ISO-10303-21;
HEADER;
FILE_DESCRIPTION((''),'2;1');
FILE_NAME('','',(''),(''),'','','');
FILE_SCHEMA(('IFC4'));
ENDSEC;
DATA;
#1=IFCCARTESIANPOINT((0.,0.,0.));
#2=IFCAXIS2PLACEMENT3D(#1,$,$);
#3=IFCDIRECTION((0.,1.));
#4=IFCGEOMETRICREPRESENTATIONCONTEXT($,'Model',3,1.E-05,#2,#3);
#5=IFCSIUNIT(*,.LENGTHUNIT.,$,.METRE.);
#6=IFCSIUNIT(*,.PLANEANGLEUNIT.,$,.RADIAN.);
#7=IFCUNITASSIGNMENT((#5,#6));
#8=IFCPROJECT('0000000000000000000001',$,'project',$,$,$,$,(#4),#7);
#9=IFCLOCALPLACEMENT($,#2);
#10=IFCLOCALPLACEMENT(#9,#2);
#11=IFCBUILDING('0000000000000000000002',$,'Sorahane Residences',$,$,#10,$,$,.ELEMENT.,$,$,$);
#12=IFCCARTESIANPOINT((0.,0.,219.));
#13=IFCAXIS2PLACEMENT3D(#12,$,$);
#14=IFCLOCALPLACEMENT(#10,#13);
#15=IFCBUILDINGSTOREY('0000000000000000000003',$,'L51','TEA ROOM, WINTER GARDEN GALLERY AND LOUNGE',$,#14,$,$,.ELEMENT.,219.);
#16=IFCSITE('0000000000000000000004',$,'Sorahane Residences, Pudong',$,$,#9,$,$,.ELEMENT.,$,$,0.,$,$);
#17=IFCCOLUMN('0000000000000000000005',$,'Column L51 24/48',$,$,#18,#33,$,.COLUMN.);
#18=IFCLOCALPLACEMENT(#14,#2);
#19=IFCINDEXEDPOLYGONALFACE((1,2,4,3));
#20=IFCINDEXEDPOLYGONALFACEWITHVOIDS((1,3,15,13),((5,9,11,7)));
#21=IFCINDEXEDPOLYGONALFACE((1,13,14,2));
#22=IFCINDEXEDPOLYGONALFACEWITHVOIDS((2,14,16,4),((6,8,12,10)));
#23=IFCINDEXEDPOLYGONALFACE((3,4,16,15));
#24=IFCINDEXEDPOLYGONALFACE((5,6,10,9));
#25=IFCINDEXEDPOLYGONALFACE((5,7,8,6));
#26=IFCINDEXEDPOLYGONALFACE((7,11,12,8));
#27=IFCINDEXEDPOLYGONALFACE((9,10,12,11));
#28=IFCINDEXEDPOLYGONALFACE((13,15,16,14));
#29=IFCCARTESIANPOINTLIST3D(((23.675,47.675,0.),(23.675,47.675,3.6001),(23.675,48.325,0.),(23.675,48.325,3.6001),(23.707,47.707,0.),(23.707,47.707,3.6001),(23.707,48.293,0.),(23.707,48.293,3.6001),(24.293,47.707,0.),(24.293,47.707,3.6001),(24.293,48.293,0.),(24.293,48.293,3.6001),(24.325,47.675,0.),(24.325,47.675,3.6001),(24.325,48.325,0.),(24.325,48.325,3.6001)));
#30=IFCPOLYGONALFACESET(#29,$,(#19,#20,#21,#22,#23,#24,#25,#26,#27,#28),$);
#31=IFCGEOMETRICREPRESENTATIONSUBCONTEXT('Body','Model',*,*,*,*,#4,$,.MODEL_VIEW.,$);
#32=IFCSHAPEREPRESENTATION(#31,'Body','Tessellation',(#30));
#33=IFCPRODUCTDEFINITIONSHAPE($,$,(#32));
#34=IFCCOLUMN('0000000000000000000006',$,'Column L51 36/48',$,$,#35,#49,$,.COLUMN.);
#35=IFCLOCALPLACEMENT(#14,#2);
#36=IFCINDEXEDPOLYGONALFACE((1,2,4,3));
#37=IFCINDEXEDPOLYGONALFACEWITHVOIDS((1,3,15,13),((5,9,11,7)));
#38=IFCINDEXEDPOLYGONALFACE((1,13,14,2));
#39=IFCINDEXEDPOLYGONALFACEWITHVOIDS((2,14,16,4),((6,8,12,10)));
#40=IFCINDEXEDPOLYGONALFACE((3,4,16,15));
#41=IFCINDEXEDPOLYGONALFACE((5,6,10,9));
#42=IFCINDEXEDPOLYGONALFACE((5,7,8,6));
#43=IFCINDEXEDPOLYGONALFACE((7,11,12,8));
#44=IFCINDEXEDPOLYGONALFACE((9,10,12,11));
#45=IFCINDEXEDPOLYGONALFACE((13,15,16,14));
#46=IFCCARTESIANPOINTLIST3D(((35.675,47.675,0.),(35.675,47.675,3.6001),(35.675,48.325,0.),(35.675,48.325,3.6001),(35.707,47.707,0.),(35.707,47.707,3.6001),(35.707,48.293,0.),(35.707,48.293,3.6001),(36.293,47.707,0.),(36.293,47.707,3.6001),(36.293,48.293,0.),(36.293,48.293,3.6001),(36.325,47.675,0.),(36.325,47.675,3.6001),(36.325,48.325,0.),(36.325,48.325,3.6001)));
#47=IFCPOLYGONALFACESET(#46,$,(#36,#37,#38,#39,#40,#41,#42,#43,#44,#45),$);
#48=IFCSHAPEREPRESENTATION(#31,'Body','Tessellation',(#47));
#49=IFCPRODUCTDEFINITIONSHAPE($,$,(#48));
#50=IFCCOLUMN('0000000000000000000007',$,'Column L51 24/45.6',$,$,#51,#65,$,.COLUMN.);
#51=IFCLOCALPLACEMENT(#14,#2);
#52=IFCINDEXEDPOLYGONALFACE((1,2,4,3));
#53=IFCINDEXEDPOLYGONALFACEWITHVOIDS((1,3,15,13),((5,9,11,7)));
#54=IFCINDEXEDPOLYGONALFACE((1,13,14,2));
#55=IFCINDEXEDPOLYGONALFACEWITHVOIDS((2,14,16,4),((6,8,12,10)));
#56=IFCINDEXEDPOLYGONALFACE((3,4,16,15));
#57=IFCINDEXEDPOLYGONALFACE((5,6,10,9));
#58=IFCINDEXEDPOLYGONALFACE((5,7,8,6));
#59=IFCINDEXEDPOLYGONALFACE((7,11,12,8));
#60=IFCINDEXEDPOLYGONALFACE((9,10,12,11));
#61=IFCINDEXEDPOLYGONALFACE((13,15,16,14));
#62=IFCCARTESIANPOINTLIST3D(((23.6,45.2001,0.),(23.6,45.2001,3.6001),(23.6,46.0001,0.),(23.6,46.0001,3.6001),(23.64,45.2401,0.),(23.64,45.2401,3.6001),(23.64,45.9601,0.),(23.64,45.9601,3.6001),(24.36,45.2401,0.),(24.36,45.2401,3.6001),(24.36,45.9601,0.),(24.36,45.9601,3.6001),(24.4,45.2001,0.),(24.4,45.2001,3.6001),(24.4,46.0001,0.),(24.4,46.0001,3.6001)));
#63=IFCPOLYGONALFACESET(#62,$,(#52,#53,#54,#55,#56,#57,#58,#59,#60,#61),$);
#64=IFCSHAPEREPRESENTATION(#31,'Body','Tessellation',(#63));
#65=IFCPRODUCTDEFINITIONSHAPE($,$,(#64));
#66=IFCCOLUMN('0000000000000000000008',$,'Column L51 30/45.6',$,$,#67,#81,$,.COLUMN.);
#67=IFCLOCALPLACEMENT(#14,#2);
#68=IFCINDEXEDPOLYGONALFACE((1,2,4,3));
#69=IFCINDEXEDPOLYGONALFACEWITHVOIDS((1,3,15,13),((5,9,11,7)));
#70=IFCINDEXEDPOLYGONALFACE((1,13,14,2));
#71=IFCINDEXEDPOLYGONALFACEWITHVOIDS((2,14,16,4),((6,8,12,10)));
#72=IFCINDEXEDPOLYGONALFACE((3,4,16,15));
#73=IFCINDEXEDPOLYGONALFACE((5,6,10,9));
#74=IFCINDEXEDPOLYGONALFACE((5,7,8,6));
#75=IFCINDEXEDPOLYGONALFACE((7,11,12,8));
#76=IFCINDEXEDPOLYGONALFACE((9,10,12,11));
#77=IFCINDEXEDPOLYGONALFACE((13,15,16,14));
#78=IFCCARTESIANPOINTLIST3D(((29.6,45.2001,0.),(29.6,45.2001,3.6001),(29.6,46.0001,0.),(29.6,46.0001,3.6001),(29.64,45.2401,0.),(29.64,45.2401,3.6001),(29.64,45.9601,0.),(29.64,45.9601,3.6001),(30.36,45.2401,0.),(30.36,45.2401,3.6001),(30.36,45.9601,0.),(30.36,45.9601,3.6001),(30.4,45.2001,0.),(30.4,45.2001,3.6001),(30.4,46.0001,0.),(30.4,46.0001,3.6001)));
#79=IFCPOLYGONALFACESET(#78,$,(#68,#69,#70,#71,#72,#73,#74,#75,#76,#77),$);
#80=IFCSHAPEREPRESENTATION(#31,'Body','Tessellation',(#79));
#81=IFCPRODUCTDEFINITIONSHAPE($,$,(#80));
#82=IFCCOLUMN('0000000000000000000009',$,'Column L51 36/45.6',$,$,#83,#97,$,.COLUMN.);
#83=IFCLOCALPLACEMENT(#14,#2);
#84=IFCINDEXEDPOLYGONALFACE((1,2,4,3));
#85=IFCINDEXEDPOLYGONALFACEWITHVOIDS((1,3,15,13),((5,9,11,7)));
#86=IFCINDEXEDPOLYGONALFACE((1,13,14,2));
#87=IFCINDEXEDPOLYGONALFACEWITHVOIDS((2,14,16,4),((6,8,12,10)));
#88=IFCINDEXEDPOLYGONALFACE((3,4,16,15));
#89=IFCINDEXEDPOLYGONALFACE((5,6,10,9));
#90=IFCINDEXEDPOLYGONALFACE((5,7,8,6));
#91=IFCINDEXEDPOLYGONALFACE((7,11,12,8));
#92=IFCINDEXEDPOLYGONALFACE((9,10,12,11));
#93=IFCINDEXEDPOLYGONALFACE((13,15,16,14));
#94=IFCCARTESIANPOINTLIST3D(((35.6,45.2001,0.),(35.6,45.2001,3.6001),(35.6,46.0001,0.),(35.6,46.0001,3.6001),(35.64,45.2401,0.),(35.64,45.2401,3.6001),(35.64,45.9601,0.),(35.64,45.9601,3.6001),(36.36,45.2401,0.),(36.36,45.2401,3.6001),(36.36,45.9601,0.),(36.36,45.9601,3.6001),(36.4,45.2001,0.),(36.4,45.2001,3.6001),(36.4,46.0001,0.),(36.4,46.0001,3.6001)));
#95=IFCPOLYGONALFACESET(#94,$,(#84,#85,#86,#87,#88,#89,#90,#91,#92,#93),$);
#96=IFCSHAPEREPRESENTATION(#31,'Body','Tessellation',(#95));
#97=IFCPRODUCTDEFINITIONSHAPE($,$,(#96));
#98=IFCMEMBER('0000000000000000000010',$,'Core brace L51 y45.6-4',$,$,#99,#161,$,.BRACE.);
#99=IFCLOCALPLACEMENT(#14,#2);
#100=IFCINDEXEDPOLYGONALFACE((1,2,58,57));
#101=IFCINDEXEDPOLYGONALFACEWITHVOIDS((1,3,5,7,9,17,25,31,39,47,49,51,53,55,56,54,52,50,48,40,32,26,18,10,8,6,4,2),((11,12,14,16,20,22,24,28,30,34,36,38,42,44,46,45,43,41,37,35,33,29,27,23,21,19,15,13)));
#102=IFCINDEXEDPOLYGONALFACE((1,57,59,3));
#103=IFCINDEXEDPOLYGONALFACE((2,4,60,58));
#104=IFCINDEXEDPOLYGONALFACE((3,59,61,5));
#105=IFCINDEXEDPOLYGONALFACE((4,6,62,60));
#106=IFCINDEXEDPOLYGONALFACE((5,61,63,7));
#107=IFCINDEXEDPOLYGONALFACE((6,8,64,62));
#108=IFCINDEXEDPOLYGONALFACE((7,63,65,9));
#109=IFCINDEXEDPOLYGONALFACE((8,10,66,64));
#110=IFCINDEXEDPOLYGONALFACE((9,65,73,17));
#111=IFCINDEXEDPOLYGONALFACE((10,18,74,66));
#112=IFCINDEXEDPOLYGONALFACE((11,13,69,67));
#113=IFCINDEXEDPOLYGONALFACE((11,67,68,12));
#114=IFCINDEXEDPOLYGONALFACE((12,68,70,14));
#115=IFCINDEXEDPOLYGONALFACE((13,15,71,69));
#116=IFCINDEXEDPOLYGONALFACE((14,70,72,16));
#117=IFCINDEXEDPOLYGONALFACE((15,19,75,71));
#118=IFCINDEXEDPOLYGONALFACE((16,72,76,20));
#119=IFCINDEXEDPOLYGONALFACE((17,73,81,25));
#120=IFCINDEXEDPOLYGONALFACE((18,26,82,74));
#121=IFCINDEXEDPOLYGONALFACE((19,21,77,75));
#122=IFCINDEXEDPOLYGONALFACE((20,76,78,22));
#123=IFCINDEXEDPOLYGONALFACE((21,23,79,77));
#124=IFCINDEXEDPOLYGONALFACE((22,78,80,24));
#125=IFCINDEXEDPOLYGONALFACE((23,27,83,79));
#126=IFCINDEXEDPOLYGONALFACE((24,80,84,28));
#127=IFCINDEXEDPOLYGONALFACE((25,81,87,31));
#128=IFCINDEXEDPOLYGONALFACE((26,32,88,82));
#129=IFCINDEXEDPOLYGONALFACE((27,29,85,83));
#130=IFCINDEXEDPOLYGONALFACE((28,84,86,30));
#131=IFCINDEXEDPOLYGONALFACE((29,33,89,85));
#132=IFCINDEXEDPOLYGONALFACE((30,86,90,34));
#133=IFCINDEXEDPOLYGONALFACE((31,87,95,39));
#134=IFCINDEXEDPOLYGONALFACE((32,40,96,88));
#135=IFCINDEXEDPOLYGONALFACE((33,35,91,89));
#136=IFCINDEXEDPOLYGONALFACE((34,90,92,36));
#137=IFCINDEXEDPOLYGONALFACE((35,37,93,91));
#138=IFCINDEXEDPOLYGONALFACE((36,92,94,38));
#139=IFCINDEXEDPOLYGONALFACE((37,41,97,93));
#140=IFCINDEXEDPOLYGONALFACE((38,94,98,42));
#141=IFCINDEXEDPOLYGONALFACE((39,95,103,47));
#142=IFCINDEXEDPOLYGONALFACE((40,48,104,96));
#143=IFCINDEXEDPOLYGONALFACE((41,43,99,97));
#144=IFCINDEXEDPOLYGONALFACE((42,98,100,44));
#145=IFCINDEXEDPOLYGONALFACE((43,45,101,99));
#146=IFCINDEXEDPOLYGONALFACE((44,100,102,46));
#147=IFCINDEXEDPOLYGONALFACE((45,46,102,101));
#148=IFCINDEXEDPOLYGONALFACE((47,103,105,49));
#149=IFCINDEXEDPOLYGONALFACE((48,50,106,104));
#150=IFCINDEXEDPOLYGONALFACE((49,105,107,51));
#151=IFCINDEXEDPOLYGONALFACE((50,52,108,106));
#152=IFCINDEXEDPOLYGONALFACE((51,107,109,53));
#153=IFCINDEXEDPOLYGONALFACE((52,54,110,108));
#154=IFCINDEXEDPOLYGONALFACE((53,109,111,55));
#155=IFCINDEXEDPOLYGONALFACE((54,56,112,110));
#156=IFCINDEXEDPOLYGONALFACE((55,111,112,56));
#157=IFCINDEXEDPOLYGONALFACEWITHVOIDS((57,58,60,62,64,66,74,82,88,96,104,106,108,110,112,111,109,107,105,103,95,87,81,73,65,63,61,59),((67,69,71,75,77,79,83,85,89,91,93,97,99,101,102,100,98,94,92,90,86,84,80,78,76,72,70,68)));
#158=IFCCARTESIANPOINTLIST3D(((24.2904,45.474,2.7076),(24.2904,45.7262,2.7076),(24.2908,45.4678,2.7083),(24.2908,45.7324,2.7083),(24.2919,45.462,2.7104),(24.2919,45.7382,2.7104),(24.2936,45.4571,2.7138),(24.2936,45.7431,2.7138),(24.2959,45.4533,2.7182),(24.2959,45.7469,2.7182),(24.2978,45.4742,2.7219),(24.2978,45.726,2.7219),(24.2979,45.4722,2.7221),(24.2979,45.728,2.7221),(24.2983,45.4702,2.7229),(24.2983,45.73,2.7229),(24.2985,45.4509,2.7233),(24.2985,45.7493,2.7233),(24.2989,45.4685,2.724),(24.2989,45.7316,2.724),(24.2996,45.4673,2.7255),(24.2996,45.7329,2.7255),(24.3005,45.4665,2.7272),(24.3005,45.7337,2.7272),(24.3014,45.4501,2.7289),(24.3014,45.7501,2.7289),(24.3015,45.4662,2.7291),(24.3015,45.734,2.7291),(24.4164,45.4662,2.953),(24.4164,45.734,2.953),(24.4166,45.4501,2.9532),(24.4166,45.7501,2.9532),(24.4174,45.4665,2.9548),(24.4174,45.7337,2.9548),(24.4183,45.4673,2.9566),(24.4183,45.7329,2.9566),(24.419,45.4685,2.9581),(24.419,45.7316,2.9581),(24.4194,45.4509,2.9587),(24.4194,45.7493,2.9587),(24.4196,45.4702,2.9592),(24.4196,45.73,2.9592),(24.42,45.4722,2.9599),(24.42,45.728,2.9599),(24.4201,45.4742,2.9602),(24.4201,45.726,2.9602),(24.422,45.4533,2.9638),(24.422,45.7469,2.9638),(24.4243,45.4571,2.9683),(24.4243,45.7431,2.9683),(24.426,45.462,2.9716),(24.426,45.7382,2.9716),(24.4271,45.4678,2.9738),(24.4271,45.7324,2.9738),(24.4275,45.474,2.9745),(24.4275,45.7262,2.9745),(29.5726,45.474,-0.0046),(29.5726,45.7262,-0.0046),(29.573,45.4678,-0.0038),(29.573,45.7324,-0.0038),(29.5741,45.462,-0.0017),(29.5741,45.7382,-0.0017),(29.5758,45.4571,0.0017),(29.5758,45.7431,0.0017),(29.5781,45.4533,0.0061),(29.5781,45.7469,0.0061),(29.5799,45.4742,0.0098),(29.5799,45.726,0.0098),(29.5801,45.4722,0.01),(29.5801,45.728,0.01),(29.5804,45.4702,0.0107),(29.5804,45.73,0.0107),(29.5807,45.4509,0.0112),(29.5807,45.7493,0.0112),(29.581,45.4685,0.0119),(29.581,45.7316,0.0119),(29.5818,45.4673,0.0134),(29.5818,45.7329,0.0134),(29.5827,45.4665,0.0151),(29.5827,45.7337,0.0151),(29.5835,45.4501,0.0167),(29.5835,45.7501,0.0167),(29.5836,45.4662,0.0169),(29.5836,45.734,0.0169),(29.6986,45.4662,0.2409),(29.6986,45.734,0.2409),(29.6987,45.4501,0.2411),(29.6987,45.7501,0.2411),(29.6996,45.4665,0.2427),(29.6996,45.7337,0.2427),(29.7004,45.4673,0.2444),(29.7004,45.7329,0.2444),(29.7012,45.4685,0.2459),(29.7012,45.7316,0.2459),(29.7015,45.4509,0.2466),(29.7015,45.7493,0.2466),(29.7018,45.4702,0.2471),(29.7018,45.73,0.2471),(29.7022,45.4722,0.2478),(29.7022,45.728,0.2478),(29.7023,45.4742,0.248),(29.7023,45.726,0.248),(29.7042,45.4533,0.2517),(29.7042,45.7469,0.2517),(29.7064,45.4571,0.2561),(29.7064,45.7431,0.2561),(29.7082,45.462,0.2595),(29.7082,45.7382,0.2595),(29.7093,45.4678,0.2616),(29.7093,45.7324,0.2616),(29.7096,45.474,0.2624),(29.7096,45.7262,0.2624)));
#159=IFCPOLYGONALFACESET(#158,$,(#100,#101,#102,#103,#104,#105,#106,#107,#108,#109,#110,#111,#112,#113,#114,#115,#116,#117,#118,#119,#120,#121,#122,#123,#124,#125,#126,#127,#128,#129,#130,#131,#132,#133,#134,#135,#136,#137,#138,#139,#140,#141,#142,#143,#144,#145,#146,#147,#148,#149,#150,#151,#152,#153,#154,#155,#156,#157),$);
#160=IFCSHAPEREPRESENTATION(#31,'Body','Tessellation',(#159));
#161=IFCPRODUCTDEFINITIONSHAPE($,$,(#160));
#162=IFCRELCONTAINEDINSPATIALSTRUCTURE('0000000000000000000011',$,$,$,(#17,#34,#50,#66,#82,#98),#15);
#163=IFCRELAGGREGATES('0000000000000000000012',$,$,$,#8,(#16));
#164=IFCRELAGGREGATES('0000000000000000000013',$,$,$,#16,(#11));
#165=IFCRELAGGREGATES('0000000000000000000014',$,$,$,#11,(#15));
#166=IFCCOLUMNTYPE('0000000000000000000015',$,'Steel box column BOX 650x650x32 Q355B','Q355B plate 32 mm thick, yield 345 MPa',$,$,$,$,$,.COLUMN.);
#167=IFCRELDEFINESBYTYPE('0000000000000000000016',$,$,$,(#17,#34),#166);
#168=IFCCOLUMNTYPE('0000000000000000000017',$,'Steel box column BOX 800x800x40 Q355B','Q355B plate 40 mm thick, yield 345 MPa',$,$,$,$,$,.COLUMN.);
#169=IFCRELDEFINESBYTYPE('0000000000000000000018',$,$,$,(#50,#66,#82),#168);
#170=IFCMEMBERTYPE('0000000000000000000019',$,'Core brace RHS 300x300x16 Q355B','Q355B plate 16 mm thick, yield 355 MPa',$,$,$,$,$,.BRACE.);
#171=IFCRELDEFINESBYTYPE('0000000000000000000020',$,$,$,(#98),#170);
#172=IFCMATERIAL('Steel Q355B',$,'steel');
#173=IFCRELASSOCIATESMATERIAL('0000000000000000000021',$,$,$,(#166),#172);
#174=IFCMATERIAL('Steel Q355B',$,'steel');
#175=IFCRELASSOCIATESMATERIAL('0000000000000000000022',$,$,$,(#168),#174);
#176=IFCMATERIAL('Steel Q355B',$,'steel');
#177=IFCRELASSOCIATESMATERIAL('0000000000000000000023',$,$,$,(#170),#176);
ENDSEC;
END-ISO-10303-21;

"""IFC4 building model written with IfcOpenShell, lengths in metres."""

from ifc_helpers import new_model, si_unit, direction, frame, origin, origin_2d, place, context, subcontext, project, spatial, hollow_rectangle, extrude, material, material_profile, profile_set, type_object, element, save


model = new_model("IFC4")

# Units and contexts
model_context = context("Model", 3, precision=1e-05, world=origin(), true_north=direction((0.0, 1.0)))
body_context = subcontext(model_context, "Body", "Model", "MODEL_VIEW")
ifc_project = project(units=[si_unit("LENGTHUNIT", "METRE"), si_unit("PLANEANGLEUNIT", "RADIAN")], contexts=[model_context])

# Site, building, storey
site_placement = place(None, origin())
site = spatial("IfcSite", under=ifc_project, at=site_placement, Name="Sorahane Residences, Pudong", CompositionType="ELEMENT", RefElevation=0.0)
building_placement = place(site_placement, origin())
building = spatial("IfcBuilding", under=site, at=building_placement, Name="Sorahane Residences", CompositionType="ELEMENT")
storey_placement = place(building_placement, frame((0.0, 0.0, 219.0)))
storey = spatial("IfcBuildingStorey", under=building, at=storey_placement, Name="L51", Description="TEA ROOM, WINTER GARDEN GALLERY AND LOUNGE", CompositionType="ELEMENT", Elevation=219.0)

# Columns
ifc_material_1 = material(Name="Steel Q355B", Category="steel")
ifc_material_profile_1 = material_profile(ifc_material_1, hollow_rectangle(XDim=0.6499, YDim=0.6499, WallThickness=0.032, at=origin_2d()), Name="BOX 650x650x32")
ifc_profile_set_1 = profile_set([ifc_material_profile_1], Name="Steel Q355B")
column_type_1 = type_object("IfcColumnType", Name="Steel box column BOX 650x650x32 Q355B", Description="Q355B plate 32 mm thick, yield 345 MPa", PredefinedType="COLUMN", material=ifc_profile_set_1)
for number, where, z_axis, x_axis, name in (
    (1, (24.0, 48.0, 0.0), (0.0, 0.0, 1.0), (1.0, 0.0, 0.0), "Column L51 24/48"),
    (2, (36.0, 48.0, 0.0), (0.0, 0.0, 1.0), (1.0, 0.0, 0.0), "Column L51 36/48"),
):
    element("IfcColumn", number, at=place(storey_placement, frame(where, z_axis=z_axis, x_axis=x_axis)), inside=storey, type_object=column_type_1, Name=name, PredefinedType="COLUMN", context=body_context, shape_type="SweptSolid", body=[
        extrude(hollow_rectangle(XDim=0.6499, YDim=0.6499, WallThickness=0.032, at=origin_2d()), origin(), (0.0, 0.0, 1.0), 3.6001),
    ])
ifc_material_2 = material(Name="Steel Q355B", Category="steel")
ifc_material_profile_2 = material_profile(ifc_material_2, hollow_rectangle(XDim=0.8, YDim=0.8, WallThickness=0.04, at=origin_2d()), Name="BOX 800x800x40")
ifc_profile_set_2 = profile_set([ifc_material_profile_2], Name="Steel Q355B")
column_type_2 = type_object("IfcColumnType", Name="Steel box column BOX 800x800x40 Q355B", Description="Q355B plate 40 mm thick, yield 345 MPa", PredefinedType="COLUMN", material=ifc_profile_set_2)
for number, where, z_axis, x_axis, name in (
    (3, (24.0, 45.6001, 0.0), (0.0, 0.0, 1.0), (1.0, 0.0, 0.0), "Column L51 24/45.6"),
    (4, (30.0, 45.6001, 0.0), (0.0, 0.0, 1.0), (1.0, 0.0, 0.0), "Column L51 30/45.6"),
    (5, (36.0, 45.6001, 0.0), (0.0, 0.0, 1.0), (1.0, 0.0, 0.0), "Column L51 36/45.6"),
):
    element("IfcColumn", number, at=place(storey_placement, frame(where, z_axis=z_axis, x_axis=x_axis)), inside=storey, type_object=column_type_2, Name=name, PredefinedType="COLUMN", context=body_context, shape_type="SweptSolid", body=[
        extrude(hollow_rectangle(XDim=0.8, YDim=0.8, WallThickness=0.04, at=origin_2d()), origin(), (0.0, 0.0, 1.0), 3.6001),
    ])

# Member
ifc_material_3 = material(Name="Steel Q355B", Category="steel")
ifc_material_profile_3 = material_profile(ifc_material_3, hollow_rectangle(XDim=0.3, YDim=0.3, WallThickness=0.0161, InnerFilletRadius=0.0081, OuterFilletRadius=0.0239, at=origin_2d()), Name="RHS 300x300x16")
ifc_profile_set_3 = profile_set([ifc_material_profile_3], Name="Steel Q355B")
member_type_1 = type_object("IfcMemberType", Name="Core brace RHS 300x300x16 Q355B", Description="Q355B plate 16 mm thick, yield 355 MPa", PredefinedType="BRACE", material=ifc_profile_set_3)
member_1_placement = place(storey_placement, frame((29.6411, 45.6001, 0.1289), z_axis=(-0.88959, 0.0, 0.45676), x_axis=(0.0, -1.0, 0.0)))
element("IfcMember", 6, at=member_1_placement, inside=storey, type_object=member_type_1, Name="Core brace L51 y45.6-4", PredefinedType="BRACE", context=body_context, shape_type="SweptSolid", body=[
    extrude(hollow_rectangle(XDim=0.3, YDim=0.3, WallThickness=0.0161, InnerFilletRadius=0.0081, OuterFilletRadius=0.0239, at=origin_2d()), origin(), (0.0, 0.0, 1.0), 5.9377),
])

save(model, "model.ifc")
